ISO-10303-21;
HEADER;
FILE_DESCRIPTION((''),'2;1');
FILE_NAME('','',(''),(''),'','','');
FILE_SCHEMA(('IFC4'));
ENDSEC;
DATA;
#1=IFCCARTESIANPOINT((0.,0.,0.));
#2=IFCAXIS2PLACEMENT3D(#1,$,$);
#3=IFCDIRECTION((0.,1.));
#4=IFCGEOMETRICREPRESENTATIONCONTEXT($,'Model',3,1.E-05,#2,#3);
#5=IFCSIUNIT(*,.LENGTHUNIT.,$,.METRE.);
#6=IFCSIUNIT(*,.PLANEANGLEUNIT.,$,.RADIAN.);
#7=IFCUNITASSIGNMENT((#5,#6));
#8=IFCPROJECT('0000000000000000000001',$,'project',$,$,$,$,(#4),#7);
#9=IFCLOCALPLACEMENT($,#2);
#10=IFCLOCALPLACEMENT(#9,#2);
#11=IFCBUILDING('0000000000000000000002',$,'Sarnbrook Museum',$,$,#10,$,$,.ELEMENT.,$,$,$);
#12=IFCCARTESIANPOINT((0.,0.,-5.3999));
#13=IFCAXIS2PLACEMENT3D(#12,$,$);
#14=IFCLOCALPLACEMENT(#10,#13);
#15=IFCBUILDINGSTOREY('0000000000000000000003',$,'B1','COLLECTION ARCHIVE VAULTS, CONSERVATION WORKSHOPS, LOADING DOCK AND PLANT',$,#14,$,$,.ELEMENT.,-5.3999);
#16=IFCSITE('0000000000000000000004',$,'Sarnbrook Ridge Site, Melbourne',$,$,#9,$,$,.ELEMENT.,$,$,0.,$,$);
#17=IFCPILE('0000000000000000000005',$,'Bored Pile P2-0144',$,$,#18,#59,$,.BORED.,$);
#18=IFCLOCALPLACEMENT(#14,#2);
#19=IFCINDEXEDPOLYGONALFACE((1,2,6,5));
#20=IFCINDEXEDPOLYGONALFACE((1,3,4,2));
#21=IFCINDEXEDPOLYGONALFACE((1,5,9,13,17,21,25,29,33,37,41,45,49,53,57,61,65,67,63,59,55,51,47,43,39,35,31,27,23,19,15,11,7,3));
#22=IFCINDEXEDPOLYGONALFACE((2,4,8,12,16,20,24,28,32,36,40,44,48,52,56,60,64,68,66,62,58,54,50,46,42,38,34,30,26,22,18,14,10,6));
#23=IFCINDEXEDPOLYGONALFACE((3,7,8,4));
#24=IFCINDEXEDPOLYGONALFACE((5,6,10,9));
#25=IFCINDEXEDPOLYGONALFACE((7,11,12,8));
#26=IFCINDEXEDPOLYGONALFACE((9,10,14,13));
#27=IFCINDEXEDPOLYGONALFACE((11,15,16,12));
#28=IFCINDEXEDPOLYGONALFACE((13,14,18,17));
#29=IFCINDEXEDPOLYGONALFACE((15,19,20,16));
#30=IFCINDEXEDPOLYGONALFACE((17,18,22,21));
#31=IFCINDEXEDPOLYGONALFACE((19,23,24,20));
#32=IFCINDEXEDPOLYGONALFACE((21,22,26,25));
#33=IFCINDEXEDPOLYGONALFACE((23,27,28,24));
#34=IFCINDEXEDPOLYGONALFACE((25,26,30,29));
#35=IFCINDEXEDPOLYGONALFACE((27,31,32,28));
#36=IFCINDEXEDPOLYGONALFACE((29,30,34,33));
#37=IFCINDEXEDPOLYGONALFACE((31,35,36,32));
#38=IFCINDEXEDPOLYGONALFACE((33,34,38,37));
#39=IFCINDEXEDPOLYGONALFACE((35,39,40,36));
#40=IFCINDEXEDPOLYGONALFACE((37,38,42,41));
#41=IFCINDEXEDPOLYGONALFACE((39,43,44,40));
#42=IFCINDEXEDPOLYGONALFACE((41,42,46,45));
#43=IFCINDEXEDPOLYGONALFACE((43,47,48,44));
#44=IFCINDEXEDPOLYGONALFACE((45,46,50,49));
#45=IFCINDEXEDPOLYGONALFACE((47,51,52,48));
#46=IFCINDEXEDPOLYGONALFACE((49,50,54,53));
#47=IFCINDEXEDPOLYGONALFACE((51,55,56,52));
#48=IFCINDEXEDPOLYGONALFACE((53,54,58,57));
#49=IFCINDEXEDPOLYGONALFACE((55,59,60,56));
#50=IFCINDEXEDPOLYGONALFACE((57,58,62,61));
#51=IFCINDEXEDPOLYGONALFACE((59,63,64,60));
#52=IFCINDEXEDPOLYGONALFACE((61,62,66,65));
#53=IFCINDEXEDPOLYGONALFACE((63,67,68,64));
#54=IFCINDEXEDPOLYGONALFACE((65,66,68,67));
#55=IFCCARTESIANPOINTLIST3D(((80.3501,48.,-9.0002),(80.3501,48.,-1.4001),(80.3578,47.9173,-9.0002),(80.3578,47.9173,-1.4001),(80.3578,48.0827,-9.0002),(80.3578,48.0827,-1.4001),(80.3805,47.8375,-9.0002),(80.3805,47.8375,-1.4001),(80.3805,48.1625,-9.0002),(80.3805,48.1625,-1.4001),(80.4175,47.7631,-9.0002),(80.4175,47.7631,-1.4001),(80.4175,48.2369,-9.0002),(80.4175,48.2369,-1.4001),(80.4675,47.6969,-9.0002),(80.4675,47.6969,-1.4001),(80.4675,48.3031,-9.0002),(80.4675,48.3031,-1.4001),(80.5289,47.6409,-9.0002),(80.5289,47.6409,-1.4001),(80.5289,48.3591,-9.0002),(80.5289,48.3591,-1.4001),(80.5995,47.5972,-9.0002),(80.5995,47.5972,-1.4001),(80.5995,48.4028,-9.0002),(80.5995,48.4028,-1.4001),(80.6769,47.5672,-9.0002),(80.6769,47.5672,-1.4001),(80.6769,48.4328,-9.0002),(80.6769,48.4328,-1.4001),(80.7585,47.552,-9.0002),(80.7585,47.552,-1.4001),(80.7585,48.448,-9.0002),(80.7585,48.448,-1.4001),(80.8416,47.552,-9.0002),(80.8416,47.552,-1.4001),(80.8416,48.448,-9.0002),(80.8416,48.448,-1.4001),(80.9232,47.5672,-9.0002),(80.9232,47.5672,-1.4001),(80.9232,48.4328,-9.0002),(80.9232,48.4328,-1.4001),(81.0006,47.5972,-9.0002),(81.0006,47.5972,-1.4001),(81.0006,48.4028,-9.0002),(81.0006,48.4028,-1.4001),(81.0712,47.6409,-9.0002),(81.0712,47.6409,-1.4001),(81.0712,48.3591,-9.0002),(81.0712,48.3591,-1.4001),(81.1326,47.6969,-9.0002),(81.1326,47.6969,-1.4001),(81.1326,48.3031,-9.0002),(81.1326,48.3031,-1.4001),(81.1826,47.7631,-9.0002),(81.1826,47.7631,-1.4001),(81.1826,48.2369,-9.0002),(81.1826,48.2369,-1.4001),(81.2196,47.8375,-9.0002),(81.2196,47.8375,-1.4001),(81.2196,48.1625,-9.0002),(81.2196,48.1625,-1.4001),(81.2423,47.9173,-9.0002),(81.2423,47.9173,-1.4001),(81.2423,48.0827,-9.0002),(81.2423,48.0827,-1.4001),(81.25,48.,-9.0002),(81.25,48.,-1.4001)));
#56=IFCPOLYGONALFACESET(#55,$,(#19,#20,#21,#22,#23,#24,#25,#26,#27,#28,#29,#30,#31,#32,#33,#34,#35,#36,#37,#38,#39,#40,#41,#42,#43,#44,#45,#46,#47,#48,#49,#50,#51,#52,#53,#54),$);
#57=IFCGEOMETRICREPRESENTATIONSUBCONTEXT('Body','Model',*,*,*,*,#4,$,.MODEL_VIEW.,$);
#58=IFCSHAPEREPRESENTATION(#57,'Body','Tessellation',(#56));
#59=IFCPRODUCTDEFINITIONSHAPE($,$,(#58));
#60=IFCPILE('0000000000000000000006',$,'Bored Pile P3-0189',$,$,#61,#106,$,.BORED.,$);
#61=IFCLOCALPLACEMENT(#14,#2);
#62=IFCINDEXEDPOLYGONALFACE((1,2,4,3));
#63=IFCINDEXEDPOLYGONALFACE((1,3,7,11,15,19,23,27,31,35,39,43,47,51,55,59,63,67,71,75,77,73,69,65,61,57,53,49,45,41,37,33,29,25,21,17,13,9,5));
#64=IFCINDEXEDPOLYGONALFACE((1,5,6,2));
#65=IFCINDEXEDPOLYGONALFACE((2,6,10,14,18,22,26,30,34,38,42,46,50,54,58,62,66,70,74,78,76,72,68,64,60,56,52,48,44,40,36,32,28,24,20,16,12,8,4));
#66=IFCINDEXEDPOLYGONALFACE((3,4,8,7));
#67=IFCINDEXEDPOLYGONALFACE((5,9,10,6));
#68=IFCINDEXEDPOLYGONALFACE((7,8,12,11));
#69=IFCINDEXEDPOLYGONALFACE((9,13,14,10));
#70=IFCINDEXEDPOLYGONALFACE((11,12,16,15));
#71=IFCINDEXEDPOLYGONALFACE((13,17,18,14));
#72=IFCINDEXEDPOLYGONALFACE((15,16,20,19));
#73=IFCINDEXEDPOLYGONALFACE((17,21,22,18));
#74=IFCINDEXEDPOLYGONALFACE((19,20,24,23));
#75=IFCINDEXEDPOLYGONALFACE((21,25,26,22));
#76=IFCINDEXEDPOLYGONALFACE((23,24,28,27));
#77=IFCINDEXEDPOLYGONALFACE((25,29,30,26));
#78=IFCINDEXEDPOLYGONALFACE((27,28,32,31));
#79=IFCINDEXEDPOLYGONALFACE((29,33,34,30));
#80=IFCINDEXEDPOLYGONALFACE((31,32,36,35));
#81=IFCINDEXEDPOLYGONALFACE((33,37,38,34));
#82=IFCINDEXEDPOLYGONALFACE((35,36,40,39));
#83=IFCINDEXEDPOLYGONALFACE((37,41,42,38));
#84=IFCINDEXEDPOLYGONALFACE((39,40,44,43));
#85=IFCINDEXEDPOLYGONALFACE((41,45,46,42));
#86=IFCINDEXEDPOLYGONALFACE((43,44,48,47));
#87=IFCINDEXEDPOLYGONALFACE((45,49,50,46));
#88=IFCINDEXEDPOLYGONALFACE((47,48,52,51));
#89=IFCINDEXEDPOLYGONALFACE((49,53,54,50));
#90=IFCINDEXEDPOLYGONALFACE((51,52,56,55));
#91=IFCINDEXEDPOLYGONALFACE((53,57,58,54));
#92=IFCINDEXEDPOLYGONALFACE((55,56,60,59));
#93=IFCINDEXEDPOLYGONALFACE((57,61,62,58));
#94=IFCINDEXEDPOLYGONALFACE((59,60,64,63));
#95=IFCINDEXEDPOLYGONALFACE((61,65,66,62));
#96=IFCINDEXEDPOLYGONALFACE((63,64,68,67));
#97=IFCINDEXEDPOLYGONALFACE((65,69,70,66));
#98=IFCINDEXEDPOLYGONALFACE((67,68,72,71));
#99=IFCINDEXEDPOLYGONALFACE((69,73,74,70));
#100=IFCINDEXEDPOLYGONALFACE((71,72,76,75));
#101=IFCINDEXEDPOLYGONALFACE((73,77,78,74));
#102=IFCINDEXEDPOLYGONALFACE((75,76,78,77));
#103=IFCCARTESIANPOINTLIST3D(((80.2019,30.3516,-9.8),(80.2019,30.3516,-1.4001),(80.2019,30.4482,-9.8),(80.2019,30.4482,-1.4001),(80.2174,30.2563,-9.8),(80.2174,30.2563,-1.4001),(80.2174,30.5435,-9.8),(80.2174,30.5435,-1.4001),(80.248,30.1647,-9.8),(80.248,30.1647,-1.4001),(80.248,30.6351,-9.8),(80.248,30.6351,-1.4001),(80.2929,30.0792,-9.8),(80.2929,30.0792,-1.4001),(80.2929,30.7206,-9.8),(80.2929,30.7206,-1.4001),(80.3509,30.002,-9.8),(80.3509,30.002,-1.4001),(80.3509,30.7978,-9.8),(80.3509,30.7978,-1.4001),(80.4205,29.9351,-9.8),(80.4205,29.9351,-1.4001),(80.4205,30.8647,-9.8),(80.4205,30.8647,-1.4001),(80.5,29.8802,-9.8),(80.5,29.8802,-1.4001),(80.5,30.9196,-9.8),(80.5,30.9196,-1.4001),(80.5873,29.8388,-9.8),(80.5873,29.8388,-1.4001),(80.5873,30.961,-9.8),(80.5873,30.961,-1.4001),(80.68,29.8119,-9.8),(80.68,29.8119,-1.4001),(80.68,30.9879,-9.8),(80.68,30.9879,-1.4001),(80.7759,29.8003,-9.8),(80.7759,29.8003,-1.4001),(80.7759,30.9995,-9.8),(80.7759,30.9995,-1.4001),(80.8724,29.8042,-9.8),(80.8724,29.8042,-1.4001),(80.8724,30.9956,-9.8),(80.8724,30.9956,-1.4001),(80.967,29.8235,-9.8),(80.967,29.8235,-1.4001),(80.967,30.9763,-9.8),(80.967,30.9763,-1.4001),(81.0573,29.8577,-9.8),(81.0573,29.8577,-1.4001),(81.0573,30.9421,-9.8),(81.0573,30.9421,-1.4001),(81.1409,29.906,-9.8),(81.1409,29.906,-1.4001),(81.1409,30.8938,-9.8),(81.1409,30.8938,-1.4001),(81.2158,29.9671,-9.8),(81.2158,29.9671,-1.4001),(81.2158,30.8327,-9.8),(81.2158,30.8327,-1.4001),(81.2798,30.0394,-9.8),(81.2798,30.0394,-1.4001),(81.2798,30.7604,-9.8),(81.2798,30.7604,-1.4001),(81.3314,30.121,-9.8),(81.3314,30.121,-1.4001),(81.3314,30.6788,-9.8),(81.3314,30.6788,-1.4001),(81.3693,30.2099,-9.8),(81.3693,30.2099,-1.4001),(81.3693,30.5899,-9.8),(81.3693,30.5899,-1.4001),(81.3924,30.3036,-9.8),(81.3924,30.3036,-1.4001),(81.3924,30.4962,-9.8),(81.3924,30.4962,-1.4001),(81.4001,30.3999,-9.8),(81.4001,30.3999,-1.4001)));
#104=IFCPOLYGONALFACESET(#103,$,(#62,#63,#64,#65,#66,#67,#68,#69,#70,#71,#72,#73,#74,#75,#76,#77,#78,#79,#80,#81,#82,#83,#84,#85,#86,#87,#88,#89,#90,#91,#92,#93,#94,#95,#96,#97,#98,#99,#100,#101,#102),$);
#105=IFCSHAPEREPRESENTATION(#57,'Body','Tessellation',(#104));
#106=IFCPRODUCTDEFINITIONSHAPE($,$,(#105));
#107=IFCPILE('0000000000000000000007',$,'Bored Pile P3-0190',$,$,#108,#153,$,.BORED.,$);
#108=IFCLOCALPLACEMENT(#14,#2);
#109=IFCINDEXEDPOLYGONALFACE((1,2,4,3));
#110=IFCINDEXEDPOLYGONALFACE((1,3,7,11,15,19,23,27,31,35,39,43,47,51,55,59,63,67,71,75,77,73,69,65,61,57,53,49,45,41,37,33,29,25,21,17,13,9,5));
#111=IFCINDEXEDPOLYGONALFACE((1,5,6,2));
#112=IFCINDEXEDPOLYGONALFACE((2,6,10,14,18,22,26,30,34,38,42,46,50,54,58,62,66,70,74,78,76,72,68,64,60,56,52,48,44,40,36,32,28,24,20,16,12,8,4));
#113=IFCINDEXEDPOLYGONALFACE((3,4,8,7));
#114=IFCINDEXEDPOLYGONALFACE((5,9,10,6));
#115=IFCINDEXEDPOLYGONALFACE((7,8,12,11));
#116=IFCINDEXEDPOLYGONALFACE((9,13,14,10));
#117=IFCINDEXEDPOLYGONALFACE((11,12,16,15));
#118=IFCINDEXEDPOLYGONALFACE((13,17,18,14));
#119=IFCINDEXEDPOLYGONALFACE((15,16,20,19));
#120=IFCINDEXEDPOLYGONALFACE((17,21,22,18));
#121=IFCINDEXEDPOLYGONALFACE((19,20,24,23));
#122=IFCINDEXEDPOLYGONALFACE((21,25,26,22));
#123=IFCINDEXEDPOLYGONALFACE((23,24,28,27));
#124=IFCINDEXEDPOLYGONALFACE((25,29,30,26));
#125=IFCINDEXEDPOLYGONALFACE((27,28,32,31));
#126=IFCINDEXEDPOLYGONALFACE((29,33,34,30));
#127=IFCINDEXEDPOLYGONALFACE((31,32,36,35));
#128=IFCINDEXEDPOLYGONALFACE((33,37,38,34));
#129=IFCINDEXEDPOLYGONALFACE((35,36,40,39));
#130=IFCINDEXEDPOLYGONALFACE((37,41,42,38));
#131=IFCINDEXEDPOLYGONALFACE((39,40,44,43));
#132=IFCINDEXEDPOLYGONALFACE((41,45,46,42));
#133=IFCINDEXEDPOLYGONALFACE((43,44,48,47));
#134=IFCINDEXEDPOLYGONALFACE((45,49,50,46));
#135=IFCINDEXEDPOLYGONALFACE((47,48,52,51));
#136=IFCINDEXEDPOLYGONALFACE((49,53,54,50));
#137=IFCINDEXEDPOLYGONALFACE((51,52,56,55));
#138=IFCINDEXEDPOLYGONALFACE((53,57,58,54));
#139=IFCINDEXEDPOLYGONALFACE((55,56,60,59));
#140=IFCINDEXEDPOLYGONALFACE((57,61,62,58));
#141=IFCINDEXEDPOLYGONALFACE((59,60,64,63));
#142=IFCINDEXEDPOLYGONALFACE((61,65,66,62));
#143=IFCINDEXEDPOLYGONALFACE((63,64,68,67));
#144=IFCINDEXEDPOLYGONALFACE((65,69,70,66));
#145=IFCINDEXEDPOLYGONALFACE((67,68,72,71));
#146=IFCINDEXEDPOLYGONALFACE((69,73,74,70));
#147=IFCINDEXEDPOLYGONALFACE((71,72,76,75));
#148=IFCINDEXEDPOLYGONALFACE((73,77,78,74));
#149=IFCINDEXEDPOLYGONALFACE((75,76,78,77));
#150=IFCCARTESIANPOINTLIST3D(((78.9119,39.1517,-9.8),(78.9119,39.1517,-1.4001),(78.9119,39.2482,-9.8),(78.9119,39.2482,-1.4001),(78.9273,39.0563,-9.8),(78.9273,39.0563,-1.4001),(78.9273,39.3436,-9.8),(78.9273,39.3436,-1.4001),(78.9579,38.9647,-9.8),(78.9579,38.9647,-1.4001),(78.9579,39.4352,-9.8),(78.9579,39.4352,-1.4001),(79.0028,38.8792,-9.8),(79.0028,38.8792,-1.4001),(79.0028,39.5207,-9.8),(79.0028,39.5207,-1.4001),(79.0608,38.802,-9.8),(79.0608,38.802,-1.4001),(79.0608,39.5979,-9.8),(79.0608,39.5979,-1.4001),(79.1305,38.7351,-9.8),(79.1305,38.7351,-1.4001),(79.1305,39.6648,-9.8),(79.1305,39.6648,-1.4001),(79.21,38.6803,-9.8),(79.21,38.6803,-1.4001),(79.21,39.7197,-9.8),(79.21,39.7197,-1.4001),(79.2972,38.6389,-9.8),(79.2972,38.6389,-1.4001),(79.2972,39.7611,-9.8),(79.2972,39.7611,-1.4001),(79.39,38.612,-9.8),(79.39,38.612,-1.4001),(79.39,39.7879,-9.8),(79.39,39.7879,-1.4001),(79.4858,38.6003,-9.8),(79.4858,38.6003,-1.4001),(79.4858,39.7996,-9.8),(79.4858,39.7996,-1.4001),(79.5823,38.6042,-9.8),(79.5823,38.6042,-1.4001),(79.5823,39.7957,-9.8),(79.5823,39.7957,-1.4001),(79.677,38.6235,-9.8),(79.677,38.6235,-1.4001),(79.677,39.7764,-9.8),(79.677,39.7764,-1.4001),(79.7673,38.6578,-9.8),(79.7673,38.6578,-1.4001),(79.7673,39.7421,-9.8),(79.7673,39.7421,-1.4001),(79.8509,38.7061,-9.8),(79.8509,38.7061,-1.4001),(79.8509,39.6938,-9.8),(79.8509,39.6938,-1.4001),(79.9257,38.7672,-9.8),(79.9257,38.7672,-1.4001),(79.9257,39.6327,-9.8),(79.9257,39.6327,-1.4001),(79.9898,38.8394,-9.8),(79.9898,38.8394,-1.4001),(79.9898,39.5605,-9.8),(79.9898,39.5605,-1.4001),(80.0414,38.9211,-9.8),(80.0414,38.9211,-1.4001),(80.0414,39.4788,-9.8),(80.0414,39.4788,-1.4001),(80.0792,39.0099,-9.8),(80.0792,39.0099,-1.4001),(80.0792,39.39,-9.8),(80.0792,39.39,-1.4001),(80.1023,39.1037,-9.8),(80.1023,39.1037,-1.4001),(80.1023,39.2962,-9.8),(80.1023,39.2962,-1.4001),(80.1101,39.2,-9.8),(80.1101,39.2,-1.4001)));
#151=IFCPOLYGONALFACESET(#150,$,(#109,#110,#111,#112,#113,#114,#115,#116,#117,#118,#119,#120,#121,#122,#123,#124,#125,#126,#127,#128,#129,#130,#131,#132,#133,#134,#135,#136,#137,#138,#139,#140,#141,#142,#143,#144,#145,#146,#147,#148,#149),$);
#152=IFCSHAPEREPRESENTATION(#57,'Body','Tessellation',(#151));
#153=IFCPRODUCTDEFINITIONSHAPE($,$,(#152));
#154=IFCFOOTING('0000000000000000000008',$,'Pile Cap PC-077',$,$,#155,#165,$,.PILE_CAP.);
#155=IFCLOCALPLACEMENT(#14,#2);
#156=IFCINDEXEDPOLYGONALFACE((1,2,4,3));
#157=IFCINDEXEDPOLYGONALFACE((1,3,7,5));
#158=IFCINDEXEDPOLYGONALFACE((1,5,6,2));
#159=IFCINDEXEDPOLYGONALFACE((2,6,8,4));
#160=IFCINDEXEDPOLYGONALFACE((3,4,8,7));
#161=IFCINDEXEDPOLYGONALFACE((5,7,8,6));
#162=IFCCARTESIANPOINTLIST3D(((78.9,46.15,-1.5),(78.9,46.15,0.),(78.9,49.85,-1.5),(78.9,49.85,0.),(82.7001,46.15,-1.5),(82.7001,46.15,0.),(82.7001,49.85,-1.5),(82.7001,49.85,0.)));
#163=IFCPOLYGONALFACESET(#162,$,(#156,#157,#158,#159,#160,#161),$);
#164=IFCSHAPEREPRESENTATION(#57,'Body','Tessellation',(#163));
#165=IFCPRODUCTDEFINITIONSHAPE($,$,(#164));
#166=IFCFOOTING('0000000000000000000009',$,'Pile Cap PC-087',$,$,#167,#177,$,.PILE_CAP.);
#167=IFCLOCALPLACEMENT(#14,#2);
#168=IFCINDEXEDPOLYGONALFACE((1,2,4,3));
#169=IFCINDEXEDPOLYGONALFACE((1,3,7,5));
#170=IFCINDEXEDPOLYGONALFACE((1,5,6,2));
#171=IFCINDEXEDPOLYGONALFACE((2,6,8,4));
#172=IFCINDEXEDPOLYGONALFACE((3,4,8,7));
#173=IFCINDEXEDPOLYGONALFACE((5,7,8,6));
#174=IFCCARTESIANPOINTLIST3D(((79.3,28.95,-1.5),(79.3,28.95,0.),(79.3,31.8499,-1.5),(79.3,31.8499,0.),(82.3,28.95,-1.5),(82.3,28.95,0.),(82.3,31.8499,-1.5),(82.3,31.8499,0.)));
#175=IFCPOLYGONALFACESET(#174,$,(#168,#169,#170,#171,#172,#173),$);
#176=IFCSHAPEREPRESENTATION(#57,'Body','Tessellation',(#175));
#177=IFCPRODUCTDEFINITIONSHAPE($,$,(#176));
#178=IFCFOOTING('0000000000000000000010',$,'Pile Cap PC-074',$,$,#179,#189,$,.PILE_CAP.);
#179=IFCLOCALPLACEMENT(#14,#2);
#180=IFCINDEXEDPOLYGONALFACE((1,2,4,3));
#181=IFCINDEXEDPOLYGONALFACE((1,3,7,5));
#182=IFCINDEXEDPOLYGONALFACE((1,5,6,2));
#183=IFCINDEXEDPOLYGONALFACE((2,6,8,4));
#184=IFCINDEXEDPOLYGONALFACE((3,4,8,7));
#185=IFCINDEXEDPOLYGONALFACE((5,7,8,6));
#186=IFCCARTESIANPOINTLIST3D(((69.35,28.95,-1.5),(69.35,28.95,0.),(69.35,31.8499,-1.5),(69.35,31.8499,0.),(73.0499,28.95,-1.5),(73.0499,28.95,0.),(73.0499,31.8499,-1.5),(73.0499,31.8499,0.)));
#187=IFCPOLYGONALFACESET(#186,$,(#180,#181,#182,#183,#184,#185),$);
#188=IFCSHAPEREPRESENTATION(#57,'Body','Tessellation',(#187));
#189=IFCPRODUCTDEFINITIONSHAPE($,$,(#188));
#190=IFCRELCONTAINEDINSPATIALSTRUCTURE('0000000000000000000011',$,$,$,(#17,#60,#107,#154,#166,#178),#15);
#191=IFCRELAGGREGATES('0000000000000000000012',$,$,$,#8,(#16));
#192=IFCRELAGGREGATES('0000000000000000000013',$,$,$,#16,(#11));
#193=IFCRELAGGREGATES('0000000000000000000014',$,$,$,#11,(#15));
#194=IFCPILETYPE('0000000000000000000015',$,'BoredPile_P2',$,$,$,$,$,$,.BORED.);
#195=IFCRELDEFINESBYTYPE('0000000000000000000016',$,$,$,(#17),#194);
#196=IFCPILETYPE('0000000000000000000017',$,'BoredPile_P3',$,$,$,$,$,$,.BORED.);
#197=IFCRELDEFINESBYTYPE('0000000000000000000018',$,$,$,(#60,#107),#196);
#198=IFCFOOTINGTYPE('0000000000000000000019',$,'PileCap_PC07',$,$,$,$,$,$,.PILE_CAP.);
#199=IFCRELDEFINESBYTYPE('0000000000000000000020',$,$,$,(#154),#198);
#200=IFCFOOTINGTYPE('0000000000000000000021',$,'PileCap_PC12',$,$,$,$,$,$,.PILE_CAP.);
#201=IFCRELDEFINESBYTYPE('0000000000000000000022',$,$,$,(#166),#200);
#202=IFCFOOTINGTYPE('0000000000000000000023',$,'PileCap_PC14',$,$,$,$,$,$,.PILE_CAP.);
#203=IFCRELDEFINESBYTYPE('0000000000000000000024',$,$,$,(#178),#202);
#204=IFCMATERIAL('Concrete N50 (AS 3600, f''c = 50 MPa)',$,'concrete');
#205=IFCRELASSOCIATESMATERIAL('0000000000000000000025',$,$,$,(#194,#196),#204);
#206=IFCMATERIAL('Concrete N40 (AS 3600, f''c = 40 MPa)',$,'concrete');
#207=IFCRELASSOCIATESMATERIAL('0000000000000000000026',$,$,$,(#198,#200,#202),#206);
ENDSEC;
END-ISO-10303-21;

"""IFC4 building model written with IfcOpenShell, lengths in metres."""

from ifc_helpers import new_model, si_unit, direction, frame, origin, origin_2d, place, context, subcontext, project, spatial, rectangle, circle, extrude, material, material_profile, profile_set, type_object, element, save


model = new_model("IFC4")

# Units and contexts
model_context = context("Model", 3, precision=1e-05, world=origin(), true_north=direction((0.0, 1.0)))
body_context = subcontext(model_context, "Body", "Model", "MODEL_VIEW")
ifc_project = project(units=[si_unit("LENGTHUNIT", "METRE"), si_unit("PLANEANGLEUNIT", "RADIAN")], contexts=[model_context])

# Site, building, storey
site_placement = place(None, origin())
site = spatial("IfcSite", under=ifc_project, at=site_placement, Name="Sarnbrook Ridge Site, Melbourne", CompositionType="ELEMENT", RefElevation=0.0)
building_placement = place(site_placement, origin())
building = spatial("IfcBuilding", under=site, at=building_placement, Name="Sarnbrook Museum", CompositionType="ELEMENT")
storey_placement = place(building_placement, frame((0.0, 0.0, -5.3999)))
storey = spatial("IfcBuildingStorey", under=building, at=storey_placement, Name="B1", Description="COLLECTION ARCHIVE VAULTS, CONSERVATION WORKSHOPS, LOADING DOCK AND PLANT", CompositionType="ELEMENT", Elevation=-5.3999)

# Piles
ifc_material_1 = material(Name="Concrete N50 (AS 3600, f'c = 50 MPa)", Category="concrete")
ifc_material_profile_1 = material_profile(ifc_material_1, circle(Radius=0.45, at=origin_2d()), Name="BORED PILE D900")
ifc_profile_set_1 = profile_set([ifc_material_profile_1], Name="Concrete N50 (AS 3600, f'c = 50 MPa)")
pile_type_1 = type_object("IfcPileType", Name="BoredPile_P2", PredefinedType="BORED", material=ifc_profile_set_1)
for number, where, z_axis, x_axis, name in (
    (1, (80.8, 48.0, -1.4001), (0.0, 0.0, -1.0), (1.0, 0.0, 0.0), "Bored Pile P2-0144"),
):
    element("IfcPile", number, at=place(storey_placement, frame(where, z_axis=z_axis, x_axis=x_axis)), inside=storey, type_object=pile_type_1, Name=name, PredefinedType="BORED", context=body_context, shape_type="SweptSolid", body=[
        extrude(circle(Radius=0.45, at=origin_2d()), origin(), (0.0, 0.0, 1.0), 7.6001),
    ])
ifc_material_profile_2 = material_profile(ifc_material_1, circle(Radius=0.6001, at=origin_2d()), Name="BORED PILE D1200")
ifc_profile_set_2 = profile_set([ifc_material_profile_2], Name="Concrete N50 (AS 3600, f'c = 50 MPa)")
pile_type_2 = type_object("IfcPileType", Name="BoredPile_P3", PredefinedType="BORED", material=ifc_profile_set_2)
for number, where, z_axis, x_axis, name in (
    (2, (80.8, 30.3999, -1.4001), (0.0, 0.0, -1.0), (1.0, 0.0, 0.0), "Bored Pile P3-0189"),
    (3, (79.51, 39.2, -1.4001), (0.0, 0.0, -1.0), (1.0, 0.0, 0.0), "Bored Pile P3-0190"),
):
    element("IfcPile", number, at=place(storey_placement, frame(where, z_axis=z_axis, x_axis=x_axis)), inside=storey, type_object=pile_type_2, Name=name, PredefinedType="BORED", context=body_context, shape_type="SweptSolid", body=[
        extrude(circle(Radius=0.6001, at=origin_2d()), origin(), (0.0, 0.0, 1.0), 8.3999),
    ])

# Footings
ifc_material_2 = material(Name="Concrete N40 (AS 3600, f'c = 40 MPa)", Category="concrete")
footing_type_1 = type_object("IfcFootingType", Name="PileCap_PC07", PredefinedType="PILE_CAP", material=ifc_material_2)
footing_1_placement = place(storey_placement, frame((80.8, 48.0, -1.5), z_axis=(0.0, 0.0, 1.0), x_axis=(1.0, 0.0, 0.0)))
element("IfcFooting", 4, at=footing_1_placement, inside=storey, type_object=footing_type_1, Name="Pile Cap PC-077", PredefinedType="PILE_CAP", context=body_context, shape_type="SweptSolid", body=[
    extrude(rectangle(XDim=3.8, YDim=3.7, at=origin_2d()), origin(), (0.0, 0.0, 1.0), 1.5),
])
footing_type_2 = type_object("IfcFootingType", Name="PileCap_PC12", PredefinedType="PILE_CAP", material=ifc_material_2)
footing_2_placement = place(storey_placement, frame((80.8, 30.3999, -1.5), z_axis=(0.0, 0.0, 1.0), x_axis=(1.0, 0.0, 0.0)))
element("IfcFooting", 5, at=footing_2_placement, inside=storey, type_object=footing_type_2, Name="Pile Cap PC-087", PredefinedType="PILE_CAP", context=body_context, shape_type="SweptSolid", body=[
    extrude(rectangle(XDim=3.0, YDim=2.8999, at=origin_2d()), origin(), (0.0, 0.0, 1.0), 1.5),
])
footing_type_3 = type_object("IfcFootingType", Name="PileCap_PC14", PredefinedType="PILE_CAP", material=ifc_material_2)
footing_3_placement = place(storey_placement, frame((71.2, 30.3999, -1.5), z_axis=(0.0, 0.0, 1.0), x_axis=(1.0, 0.0, 0.0)))
element("IfcFooting", 6, at=footing_3_placement, inside=storey, type_object=footing_type_3, Name="Pile Cap PC-074", PredefinedType="PILE_CAP", context=body_context, shape_type="SweptSolid", body=[
    extrude(rectangle(XDim=3.7, YDim=2.8999, at=origin_2d()), origin(), (0.0, 0.0, 1.0), 1.5),
])

save(model, "model.ifc")
